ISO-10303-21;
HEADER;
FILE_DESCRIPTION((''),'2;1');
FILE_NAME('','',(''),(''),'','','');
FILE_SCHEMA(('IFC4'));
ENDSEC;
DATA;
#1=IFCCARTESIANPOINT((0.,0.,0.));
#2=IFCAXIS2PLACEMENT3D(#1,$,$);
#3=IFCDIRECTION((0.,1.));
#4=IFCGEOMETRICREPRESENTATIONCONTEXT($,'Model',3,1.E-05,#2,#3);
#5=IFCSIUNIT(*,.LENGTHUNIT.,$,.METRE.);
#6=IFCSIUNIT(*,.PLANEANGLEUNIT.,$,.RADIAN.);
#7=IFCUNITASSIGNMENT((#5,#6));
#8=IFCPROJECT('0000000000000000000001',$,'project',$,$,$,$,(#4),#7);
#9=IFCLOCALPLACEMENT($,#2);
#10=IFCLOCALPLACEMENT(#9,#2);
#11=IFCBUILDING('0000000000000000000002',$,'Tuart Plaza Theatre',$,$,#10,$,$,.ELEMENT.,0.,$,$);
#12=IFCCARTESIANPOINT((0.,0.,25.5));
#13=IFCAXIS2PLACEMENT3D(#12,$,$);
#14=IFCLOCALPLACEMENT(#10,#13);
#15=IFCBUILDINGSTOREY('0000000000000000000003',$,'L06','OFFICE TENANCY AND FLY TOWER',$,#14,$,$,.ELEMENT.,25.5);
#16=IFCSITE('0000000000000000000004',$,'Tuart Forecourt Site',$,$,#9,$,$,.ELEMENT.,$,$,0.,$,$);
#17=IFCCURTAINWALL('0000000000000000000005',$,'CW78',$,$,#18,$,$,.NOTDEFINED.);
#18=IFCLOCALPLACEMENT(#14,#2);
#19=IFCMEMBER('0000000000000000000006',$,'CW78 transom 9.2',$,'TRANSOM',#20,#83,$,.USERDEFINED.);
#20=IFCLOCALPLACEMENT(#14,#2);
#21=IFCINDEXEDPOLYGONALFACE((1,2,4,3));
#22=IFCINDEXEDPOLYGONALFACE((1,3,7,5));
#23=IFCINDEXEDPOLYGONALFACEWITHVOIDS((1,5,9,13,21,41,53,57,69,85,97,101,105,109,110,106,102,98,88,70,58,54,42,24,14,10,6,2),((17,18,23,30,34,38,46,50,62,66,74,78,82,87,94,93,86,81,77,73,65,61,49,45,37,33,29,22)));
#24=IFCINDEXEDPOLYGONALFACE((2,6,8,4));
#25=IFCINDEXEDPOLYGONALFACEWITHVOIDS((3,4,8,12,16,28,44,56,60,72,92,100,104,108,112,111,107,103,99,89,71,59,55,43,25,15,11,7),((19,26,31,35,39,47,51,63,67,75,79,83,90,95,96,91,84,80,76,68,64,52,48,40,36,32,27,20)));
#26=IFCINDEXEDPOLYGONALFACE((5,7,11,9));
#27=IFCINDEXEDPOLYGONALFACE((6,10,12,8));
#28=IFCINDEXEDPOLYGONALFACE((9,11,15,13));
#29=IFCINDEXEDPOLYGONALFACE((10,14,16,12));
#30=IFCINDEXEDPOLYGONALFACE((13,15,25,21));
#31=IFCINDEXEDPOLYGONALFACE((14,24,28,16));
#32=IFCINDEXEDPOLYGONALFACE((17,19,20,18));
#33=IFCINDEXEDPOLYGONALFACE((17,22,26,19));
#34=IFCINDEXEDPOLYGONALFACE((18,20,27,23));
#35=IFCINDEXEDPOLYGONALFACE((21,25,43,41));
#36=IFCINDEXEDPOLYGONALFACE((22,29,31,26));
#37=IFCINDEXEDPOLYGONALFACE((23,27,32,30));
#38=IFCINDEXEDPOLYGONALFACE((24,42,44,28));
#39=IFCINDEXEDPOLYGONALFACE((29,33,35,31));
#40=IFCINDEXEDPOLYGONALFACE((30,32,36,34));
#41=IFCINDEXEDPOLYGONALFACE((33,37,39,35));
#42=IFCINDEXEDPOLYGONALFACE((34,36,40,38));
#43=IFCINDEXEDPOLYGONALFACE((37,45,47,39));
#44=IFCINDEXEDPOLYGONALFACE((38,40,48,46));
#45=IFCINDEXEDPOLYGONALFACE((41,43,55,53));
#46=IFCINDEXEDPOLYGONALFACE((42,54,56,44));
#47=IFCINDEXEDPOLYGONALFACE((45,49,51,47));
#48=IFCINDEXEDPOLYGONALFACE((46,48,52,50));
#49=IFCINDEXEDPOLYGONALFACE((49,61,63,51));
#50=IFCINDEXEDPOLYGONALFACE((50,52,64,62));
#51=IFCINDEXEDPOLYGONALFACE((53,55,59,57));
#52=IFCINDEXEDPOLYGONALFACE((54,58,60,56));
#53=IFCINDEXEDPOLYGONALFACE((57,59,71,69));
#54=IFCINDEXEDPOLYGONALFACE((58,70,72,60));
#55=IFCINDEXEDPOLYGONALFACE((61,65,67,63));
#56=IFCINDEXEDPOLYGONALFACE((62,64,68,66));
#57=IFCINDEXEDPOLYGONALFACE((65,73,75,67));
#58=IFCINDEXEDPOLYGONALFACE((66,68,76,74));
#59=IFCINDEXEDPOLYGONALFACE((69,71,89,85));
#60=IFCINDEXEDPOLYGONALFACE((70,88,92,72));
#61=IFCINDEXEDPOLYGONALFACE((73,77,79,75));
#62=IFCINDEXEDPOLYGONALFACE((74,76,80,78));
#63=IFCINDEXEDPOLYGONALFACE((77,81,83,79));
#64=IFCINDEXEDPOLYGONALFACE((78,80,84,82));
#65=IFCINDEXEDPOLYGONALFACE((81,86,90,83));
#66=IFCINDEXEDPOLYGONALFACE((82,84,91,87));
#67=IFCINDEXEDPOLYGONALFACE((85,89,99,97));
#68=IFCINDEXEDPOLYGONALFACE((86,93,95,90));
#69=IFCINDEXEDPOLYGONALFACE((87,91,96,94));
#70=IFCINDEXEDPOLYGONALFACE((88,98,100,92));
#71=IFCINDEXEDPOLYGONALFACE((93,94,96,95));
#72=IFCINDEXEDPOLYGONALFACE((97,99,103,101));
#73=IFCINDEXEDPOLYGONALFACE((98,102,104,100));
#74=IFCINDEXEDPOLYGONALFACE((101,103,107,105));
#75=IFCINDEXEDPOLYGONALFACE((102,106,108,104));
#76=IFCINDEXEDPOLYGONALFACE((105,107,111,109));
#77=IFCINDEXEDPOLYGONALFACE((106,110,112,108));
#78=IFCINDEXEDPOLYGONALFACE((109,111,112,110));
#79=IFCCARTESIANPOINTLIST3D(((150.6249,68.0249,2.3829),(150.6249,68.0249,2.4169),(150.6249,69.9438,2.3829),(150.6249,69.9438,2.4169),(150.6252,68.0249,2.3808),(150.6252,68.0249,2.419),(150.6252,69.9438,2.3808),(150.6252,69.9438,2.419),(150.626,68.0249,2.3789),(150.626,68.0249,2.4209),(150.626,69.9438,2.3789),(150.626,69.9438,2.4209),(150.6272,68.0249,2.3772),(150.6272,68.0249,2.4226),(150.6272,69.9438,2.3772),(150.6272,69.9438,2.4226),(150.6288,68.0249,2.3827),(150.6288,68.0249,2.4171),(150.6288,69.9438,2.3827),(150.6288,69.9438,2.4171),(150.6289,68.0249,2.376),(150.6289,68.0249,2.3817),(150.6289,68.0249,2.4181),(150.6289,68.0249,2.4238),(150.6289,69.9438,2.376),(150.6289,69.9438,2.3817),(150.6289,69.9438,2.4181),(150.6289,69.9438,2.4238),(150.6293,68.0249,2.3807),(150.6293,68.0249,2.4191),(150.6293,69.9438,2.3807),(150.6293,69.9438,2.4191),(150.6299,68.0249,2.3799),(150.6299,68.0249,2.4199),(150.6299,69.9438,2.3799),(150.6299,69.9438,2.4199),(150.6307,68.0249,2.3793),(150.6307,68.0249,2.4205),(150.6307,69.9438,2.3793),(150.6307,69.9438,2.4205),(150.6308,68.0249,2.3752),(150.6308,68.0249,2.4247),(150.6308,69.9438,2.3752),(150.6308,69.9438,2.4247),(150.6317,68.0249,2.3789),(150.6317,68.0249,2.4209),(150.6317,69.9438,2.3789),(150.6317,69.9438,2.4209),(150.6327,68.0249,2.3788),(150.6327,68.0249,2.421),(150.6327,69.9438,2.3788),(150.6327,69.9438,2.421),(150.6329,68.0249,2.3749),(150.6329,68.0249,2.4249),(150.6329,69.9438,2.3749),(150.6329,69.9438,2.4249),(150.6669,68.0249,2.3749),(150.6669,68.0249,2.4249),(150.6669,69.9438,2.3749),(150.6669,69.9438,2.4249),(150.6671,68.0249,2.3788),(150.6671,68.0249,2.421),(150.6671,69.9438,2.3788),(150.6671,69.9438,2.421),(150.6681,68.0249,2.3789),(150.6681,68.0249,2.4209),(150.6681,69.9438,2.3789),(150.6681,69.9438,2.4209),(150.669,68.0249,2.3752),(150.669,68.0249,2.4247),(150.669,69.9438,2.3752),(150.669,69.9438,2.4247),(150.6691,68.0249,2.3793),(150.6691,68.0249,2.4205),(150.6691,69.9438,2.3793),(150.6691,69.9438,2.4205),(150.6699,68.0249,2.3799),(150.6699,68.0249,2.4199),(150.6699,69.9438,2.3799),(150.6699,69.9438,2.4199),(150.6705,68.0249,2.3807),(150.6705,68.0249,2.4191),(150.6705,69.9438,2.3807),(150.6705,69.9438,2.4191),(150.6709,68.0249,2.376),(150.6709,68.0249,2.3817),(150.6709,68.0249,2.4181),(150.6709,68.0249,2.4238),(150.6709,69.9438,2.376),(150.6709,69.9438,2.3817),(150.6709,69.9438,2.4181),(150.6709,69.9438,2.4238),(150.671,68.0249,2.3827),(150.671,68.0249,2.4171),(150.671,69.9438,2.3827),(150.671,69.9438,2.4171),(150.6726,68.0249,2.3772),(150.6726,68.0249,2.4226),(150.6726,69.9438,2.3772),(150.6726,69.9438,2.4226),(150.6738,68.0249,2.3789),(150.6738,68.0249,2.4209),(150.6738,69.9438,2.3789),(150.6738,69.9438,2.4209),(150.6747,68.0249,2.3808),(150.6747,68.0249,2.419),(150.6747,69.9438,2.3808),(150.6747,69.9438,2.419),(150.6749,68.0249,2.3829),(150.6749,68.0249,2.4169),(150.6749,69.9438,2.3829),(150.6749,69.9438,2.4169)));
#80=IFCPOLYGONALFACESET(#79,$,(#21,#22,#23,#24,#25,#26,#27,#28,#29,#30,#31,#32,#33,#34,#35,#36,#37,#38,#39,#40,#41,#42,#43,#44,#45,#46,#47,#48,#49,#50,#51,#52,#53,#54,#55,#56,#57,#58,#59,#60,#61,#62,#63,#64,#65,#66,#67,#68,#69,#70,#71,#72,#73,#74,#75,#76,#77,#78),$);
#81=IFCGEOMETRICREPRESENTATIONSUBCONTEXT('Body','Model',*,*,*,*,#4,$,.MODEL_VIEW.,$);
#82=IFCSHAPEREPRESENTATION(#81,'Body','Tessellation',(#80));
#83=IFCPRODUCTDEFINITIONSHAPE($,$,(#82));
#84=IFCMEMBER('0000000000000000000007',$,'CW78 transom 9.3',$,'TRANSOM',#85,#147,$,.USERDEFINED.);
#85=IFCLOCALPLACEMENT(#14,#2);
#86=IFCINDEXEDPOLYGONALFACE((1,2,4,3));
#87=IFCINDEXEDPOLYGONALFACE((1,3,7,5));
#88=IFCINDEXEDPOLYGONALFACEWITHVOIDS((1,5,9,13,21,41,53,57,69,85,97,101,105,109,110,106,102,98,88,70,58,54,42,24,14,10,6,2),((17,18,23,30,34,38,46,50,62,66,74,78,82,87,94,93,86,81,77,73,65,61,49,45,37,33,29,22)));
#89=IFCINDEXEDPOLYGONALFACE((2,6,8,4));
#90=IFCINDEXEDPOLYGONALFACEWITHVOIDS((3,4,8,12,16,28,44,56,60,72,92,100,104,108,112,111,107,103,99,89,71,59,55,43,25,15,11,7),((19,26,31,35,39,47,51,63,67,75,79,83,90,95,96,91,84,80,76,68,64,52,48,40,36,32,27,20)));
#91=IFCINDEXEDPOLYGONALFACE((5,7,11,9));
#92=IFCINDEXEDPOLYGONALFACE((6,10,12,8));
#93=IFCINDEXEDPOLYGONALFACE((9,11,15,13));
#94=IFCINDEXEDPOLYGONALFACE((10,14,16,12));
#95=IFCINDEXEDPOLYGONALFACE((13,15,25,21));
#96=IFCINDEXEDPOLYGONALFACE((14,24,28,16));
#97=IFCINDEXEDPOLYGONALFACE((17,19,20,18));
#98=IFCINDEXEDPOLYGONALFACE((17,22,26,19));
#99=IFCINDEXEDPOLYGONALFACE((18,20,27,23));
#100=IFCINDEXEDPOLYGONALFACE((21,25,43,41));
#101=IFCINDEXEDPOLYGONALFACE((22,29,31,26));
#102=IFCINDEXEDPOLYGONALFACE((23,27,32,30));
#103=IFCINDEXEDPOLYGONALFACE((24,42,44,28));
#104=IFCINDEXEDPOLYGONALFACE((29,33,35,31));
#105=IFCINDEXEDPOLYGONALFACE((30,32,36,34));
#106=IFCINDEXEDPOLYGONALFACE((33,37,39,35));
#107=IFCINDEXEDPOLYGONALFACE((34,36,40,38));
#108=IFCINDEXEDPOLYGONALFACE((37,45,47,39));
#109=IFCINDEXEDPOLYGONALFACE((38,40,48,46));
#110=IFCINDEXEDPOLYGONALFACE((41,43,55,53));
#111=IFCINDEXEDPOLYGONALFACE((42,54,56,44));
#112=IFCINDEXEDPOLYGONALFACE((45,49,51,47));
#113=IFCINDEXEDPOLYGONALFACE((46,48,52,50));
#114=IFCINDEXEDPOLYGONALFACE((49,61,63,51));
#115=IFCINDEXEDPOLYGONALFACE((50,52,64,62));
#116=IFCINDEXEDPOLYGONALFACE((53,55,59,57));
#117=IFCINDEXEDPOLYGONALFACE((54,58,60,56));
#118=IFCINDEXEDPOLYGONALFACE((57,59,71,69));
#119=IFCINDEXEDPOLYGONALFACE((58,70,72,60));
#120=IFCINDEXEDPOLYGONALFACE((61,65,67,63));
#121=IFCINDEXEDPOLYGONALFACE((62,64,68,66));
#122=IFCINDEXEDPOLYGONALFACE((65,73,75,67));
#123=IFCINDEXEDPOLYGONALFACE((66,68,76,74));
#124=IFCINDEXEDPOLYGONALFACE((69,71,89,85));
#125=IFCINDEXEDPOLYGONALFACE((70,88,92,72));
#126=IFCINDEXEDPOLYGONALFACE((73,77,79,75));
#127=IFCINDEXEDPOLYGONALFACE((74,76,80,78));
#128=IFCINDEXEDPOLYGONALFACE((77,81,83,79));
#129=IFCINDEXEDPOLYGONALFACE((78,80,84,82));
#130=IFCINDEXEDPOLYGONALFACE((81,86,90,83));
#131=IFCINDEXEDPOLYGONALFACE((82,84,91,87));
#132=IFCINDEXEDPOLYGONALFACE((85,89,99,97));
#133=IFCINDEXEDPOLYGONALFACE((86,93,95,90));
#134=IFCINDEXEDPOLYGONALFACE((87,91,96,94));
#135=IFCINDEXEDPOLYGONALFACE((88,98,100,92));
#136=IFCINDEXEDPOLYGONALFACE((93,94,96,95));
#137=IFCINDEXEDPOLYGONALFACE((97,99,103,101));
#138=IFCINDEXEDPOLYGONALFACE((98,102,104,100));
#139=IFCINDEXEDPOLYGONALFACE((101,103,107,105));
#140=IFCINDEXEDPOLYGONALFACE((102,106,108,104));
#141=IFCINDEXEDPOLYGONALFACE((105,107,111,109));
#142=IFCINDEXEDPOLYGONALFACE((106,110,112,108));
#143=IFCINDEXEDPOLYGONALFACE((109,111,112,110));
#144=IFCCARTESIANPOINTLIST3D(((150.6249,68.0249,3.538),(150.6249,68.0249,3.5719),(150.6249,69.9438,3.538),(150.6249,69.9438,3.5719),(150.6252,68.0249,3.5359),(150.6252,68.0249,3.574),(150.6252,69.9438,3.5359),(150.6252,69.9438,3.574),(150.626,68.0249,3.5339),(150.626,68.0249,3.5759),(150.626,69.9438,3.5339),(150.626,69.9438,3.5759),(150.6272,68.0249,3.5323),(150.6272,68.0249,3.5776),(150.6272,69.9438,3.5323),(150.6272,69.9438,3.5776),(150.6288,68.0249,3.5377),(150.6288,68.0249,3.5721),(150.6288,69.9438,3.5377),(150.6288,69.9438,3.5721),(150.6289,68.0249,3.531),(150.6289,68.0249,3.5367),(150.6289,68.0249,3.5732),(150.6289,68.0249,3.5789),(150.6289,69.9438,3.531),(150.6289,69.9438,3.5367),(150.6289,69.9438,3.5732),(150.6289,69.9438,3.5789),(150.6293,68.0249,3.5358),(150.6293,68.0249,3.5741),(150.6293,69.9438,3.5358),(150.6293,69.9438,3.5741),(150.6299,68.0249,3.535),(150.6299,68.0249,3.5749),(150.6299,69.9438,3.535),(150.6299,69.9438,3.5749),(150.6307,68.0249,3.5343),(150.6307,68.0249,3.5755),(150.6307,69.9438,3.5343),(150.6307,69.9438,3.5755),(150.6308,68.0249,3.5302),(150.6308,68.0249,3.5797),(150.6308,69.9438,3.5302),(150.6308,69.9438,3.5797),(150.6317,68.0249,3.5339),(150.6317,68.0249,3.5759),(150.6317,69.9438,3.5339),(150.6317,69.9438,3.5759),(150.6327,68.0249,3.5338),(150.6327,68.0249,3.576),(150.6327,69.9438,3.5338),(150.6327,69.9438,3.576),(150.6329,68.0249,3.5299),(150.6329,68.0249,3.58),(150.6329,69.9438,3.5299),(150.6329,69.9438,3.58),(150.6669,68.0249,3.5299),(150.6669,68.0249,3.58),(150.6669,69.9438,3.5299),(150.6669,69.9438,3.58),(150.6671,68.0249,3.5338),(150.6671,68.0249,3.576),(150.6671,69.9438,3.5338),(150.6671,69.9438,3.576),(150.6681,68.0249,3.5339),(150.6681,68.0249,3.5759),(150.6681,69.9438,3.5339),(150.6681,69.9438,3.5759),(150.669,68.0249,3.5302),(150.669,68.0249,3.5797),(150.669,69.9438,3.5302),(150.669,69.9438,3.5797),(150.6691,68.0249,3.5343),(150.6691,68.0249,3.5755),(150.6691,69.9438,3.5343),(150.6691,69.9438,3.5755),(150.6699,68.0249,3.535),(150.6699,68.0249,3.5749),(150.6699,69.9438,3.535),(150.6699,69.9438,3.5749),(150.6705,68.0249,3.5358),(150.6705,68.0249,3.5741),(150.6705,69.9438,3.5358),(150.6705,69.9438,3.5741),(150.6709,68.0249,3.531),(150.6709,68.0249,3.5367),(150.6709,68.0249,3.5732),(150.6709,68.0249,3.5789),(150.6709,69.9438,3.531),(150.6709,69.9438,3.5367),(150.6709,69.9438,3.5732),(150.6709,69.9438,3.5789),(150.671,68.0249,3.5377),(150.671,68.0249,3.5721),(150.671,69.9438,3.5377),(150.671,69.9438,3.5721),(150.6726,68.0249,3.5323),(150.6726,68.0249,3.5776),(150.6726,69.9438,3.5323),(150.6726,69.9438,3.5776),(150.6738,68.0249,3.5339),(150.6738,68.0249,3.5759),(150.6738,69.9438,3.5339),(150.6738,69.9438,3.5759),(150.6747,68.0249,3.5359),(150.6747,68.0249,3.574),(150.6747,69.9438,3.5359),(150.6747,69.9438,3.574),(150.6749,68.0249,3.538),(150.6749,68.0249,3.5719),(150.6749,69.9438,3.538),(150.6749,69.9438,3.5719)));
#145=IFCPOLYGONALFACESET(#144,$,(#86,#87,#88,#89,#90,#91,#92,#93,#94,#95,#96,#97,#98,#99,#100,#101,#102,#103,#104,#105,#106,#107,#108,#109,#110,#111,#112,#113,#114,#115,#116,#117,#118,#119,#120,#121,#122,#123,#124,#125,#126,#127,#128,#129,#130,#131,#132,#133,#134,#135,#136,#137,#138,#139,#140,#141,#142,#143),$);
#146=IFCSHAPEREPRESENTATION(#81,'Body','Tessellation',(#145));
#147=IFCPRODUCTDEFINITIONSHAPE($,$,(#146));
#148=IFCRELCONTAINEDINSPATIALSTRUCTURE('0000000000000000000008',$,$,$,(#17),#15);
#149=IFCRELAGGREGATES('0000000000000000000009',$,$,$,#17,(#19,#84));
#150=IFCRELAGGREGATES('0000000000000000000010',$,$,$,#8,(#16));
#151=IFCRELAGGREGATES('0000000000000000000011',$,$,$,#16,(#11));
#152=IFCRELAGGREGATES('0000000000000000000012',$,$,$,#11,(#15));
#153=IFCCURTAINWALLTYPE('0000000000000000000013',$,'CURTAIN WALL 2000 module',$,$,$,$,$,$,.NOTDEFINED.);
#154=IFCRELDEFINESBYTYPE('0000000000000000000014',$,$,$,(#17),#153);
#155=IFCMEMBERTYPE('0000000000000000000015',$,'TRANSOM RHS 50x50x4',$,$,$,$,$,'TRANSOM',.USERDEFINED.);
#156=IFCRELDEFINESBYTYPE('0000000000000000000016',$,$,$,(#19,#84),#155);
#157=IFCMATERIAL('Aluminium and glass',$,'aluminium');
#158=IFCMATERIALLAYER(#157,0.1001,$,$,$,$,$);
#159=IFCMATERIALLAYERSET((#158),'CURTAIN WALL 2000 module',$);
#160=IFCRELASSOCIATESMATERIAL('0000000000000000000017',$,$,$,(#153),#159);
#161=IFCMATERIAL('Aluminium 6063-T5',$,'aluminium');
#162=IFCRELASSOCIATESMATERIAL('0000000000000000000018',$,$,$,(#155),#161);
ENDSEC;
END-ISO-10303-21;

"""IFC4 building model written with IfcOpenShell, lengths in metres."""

from ifc_helpers import new_model, si_unit, direction, frame, origin, origin_2d, place, context, subcontext, project, spatial, hollow_rectangle, extrude, material, layer, layer_set, material_profile, profile_set, type_object, element, aggregate, save


model = new_model("IFC4")

# Units and contexts
model_context = context("Model", 3, precision=1e-05, world=origin(), true_north=direction((0.0, 1.0)))
body_context = subcontext(model_context, "Body", "Model", "MODEL_VIEW")
ifc_project = project(units=[si_unit("LENGTHUNIT", "METRE"), si_unit("PLANEANGLEUNIT", "RADIAN")], contexts=[model_context])

# Site, building, storey
site_placement = place(None, origin())
site = spatial("IfcSite", under=ifc_project, at=site_placement, Name="Tuart Forecourt Site", CompositionType="ELEMENT", RefElevation=0.0)
building_placement = place(site_placement, origin())
building = spatial("IfcBuilding", under=site, at=building_placement, Name="Tuart Plaza Theatre", CompositionType="ELEMENT", ElevationOfRefHeight=0.0)
storey_placement = place(building_placement, frame((0.0, 0.0, 25.5)))
storey = spatial("IfcBuildingStorey", under=building, at=storey_placement, Name="L06", Description="OFFICE TENANCY AND FLY TOWER", CompositionType="ELEMENT", Elevation=25.5)

# Curtain wall, members
ifc_material_1 = material(Name="Aluminium and glass", Category="aluminium")
ifc_layer_1 = layer(ifc_material_1, 0.1001)
ifc_layer_set_1 = layer_set([ifc_layer_1], Name="CURTAIN WALL 2000 module")
curtain_wall_type = type_object("IfcCurtainWallType", Name="CURTAIN WALL 2000 module", PredefinedType="NOTDEFINED", material=ifc_layer_set_1)
curtain_wall_placement = place(storey_placement, origin())
curtain_wall = element("IfcCurtainWall", 1, at=curtain_wall_placement, inside=storey, type_object=curtain_wall_type, Name="CW78", PredefinedType="NOTDEFINED")
ifc_material_2 = material(Name="Aluminium 6063-T5", Category="aluminium")
ifc_material_profile_1 = material_profile(ifc_material_2, hollow_rectangle(XDim=0.05, YDim=0.05, WallThickness=0.0039, InnerFilletRadius=0.0039, OuterFilletRadius=0.0081, at=origin_2d()), Name="RHS 50x50x4")
ifc_profile_set_1 = profile_set([ifc_material_profile_1], Name="Aluminium 6063-T5")
member_type_1 = type_object("IfcMemberType", Name="TRANSOM RHS 50x50x4", ElementType="TRANSOM", PredefinedType="USERDEFINED", material=ifc_profile_set_1)
member_1_placement = place(storey_placement, frame((150.6499, 68.0249, 2.3999), z_axis=(0.0, 1.0, 0.0), x_axis=(-1.0, 0.0, 0.0)))
member_1 = element("IfcMember", 2, at=member_1_placement, type_object=member_type_1, Name="CW78 transom 9.2", ObjectType="TRANSOM", PredefinedType="USERDEFINED", context=body_context, shape_type="SweptSolid", body=[
    extrude(hollow_rectangle(XDim=0.05, YDim=0.05, WallThickness=0.0039, InnerFilletRadius=0.0039, OuterFilletRadius=0.0081, at=origin_2d()), origin(), (0.0, 0.0, 1.0), 1.9189),
])
member_2_placement = place(storey_placement, frame((150.6499, 68.0249, 3.5549), z_axis=(0.0, 1.0, 0.0), x_axis=(-1.0, 0.0, 0.0)))
member_2 = element("IfcMember", 3, at=member_2_placement, type_object=member_type_1, Name="CW78 transom 9.3", ObjectType="TRANSOM", PredefinedType="USERDEFINED", context=body_context, shape_type="SweptSolid", body=[
    extrude(hollow_rectangle(XDim=0.05, YDim=0.05, WallThickness=0.0039, InnerFilletRadius=0.0039, OuterFilletRadius=0.0081, at=origin_2d()), origin(), (0.0, 0.0, 1.0), 1.9189),
])
aggregate(curtain_wall, [member_1, member_2])

save(model, "model.ifc")
